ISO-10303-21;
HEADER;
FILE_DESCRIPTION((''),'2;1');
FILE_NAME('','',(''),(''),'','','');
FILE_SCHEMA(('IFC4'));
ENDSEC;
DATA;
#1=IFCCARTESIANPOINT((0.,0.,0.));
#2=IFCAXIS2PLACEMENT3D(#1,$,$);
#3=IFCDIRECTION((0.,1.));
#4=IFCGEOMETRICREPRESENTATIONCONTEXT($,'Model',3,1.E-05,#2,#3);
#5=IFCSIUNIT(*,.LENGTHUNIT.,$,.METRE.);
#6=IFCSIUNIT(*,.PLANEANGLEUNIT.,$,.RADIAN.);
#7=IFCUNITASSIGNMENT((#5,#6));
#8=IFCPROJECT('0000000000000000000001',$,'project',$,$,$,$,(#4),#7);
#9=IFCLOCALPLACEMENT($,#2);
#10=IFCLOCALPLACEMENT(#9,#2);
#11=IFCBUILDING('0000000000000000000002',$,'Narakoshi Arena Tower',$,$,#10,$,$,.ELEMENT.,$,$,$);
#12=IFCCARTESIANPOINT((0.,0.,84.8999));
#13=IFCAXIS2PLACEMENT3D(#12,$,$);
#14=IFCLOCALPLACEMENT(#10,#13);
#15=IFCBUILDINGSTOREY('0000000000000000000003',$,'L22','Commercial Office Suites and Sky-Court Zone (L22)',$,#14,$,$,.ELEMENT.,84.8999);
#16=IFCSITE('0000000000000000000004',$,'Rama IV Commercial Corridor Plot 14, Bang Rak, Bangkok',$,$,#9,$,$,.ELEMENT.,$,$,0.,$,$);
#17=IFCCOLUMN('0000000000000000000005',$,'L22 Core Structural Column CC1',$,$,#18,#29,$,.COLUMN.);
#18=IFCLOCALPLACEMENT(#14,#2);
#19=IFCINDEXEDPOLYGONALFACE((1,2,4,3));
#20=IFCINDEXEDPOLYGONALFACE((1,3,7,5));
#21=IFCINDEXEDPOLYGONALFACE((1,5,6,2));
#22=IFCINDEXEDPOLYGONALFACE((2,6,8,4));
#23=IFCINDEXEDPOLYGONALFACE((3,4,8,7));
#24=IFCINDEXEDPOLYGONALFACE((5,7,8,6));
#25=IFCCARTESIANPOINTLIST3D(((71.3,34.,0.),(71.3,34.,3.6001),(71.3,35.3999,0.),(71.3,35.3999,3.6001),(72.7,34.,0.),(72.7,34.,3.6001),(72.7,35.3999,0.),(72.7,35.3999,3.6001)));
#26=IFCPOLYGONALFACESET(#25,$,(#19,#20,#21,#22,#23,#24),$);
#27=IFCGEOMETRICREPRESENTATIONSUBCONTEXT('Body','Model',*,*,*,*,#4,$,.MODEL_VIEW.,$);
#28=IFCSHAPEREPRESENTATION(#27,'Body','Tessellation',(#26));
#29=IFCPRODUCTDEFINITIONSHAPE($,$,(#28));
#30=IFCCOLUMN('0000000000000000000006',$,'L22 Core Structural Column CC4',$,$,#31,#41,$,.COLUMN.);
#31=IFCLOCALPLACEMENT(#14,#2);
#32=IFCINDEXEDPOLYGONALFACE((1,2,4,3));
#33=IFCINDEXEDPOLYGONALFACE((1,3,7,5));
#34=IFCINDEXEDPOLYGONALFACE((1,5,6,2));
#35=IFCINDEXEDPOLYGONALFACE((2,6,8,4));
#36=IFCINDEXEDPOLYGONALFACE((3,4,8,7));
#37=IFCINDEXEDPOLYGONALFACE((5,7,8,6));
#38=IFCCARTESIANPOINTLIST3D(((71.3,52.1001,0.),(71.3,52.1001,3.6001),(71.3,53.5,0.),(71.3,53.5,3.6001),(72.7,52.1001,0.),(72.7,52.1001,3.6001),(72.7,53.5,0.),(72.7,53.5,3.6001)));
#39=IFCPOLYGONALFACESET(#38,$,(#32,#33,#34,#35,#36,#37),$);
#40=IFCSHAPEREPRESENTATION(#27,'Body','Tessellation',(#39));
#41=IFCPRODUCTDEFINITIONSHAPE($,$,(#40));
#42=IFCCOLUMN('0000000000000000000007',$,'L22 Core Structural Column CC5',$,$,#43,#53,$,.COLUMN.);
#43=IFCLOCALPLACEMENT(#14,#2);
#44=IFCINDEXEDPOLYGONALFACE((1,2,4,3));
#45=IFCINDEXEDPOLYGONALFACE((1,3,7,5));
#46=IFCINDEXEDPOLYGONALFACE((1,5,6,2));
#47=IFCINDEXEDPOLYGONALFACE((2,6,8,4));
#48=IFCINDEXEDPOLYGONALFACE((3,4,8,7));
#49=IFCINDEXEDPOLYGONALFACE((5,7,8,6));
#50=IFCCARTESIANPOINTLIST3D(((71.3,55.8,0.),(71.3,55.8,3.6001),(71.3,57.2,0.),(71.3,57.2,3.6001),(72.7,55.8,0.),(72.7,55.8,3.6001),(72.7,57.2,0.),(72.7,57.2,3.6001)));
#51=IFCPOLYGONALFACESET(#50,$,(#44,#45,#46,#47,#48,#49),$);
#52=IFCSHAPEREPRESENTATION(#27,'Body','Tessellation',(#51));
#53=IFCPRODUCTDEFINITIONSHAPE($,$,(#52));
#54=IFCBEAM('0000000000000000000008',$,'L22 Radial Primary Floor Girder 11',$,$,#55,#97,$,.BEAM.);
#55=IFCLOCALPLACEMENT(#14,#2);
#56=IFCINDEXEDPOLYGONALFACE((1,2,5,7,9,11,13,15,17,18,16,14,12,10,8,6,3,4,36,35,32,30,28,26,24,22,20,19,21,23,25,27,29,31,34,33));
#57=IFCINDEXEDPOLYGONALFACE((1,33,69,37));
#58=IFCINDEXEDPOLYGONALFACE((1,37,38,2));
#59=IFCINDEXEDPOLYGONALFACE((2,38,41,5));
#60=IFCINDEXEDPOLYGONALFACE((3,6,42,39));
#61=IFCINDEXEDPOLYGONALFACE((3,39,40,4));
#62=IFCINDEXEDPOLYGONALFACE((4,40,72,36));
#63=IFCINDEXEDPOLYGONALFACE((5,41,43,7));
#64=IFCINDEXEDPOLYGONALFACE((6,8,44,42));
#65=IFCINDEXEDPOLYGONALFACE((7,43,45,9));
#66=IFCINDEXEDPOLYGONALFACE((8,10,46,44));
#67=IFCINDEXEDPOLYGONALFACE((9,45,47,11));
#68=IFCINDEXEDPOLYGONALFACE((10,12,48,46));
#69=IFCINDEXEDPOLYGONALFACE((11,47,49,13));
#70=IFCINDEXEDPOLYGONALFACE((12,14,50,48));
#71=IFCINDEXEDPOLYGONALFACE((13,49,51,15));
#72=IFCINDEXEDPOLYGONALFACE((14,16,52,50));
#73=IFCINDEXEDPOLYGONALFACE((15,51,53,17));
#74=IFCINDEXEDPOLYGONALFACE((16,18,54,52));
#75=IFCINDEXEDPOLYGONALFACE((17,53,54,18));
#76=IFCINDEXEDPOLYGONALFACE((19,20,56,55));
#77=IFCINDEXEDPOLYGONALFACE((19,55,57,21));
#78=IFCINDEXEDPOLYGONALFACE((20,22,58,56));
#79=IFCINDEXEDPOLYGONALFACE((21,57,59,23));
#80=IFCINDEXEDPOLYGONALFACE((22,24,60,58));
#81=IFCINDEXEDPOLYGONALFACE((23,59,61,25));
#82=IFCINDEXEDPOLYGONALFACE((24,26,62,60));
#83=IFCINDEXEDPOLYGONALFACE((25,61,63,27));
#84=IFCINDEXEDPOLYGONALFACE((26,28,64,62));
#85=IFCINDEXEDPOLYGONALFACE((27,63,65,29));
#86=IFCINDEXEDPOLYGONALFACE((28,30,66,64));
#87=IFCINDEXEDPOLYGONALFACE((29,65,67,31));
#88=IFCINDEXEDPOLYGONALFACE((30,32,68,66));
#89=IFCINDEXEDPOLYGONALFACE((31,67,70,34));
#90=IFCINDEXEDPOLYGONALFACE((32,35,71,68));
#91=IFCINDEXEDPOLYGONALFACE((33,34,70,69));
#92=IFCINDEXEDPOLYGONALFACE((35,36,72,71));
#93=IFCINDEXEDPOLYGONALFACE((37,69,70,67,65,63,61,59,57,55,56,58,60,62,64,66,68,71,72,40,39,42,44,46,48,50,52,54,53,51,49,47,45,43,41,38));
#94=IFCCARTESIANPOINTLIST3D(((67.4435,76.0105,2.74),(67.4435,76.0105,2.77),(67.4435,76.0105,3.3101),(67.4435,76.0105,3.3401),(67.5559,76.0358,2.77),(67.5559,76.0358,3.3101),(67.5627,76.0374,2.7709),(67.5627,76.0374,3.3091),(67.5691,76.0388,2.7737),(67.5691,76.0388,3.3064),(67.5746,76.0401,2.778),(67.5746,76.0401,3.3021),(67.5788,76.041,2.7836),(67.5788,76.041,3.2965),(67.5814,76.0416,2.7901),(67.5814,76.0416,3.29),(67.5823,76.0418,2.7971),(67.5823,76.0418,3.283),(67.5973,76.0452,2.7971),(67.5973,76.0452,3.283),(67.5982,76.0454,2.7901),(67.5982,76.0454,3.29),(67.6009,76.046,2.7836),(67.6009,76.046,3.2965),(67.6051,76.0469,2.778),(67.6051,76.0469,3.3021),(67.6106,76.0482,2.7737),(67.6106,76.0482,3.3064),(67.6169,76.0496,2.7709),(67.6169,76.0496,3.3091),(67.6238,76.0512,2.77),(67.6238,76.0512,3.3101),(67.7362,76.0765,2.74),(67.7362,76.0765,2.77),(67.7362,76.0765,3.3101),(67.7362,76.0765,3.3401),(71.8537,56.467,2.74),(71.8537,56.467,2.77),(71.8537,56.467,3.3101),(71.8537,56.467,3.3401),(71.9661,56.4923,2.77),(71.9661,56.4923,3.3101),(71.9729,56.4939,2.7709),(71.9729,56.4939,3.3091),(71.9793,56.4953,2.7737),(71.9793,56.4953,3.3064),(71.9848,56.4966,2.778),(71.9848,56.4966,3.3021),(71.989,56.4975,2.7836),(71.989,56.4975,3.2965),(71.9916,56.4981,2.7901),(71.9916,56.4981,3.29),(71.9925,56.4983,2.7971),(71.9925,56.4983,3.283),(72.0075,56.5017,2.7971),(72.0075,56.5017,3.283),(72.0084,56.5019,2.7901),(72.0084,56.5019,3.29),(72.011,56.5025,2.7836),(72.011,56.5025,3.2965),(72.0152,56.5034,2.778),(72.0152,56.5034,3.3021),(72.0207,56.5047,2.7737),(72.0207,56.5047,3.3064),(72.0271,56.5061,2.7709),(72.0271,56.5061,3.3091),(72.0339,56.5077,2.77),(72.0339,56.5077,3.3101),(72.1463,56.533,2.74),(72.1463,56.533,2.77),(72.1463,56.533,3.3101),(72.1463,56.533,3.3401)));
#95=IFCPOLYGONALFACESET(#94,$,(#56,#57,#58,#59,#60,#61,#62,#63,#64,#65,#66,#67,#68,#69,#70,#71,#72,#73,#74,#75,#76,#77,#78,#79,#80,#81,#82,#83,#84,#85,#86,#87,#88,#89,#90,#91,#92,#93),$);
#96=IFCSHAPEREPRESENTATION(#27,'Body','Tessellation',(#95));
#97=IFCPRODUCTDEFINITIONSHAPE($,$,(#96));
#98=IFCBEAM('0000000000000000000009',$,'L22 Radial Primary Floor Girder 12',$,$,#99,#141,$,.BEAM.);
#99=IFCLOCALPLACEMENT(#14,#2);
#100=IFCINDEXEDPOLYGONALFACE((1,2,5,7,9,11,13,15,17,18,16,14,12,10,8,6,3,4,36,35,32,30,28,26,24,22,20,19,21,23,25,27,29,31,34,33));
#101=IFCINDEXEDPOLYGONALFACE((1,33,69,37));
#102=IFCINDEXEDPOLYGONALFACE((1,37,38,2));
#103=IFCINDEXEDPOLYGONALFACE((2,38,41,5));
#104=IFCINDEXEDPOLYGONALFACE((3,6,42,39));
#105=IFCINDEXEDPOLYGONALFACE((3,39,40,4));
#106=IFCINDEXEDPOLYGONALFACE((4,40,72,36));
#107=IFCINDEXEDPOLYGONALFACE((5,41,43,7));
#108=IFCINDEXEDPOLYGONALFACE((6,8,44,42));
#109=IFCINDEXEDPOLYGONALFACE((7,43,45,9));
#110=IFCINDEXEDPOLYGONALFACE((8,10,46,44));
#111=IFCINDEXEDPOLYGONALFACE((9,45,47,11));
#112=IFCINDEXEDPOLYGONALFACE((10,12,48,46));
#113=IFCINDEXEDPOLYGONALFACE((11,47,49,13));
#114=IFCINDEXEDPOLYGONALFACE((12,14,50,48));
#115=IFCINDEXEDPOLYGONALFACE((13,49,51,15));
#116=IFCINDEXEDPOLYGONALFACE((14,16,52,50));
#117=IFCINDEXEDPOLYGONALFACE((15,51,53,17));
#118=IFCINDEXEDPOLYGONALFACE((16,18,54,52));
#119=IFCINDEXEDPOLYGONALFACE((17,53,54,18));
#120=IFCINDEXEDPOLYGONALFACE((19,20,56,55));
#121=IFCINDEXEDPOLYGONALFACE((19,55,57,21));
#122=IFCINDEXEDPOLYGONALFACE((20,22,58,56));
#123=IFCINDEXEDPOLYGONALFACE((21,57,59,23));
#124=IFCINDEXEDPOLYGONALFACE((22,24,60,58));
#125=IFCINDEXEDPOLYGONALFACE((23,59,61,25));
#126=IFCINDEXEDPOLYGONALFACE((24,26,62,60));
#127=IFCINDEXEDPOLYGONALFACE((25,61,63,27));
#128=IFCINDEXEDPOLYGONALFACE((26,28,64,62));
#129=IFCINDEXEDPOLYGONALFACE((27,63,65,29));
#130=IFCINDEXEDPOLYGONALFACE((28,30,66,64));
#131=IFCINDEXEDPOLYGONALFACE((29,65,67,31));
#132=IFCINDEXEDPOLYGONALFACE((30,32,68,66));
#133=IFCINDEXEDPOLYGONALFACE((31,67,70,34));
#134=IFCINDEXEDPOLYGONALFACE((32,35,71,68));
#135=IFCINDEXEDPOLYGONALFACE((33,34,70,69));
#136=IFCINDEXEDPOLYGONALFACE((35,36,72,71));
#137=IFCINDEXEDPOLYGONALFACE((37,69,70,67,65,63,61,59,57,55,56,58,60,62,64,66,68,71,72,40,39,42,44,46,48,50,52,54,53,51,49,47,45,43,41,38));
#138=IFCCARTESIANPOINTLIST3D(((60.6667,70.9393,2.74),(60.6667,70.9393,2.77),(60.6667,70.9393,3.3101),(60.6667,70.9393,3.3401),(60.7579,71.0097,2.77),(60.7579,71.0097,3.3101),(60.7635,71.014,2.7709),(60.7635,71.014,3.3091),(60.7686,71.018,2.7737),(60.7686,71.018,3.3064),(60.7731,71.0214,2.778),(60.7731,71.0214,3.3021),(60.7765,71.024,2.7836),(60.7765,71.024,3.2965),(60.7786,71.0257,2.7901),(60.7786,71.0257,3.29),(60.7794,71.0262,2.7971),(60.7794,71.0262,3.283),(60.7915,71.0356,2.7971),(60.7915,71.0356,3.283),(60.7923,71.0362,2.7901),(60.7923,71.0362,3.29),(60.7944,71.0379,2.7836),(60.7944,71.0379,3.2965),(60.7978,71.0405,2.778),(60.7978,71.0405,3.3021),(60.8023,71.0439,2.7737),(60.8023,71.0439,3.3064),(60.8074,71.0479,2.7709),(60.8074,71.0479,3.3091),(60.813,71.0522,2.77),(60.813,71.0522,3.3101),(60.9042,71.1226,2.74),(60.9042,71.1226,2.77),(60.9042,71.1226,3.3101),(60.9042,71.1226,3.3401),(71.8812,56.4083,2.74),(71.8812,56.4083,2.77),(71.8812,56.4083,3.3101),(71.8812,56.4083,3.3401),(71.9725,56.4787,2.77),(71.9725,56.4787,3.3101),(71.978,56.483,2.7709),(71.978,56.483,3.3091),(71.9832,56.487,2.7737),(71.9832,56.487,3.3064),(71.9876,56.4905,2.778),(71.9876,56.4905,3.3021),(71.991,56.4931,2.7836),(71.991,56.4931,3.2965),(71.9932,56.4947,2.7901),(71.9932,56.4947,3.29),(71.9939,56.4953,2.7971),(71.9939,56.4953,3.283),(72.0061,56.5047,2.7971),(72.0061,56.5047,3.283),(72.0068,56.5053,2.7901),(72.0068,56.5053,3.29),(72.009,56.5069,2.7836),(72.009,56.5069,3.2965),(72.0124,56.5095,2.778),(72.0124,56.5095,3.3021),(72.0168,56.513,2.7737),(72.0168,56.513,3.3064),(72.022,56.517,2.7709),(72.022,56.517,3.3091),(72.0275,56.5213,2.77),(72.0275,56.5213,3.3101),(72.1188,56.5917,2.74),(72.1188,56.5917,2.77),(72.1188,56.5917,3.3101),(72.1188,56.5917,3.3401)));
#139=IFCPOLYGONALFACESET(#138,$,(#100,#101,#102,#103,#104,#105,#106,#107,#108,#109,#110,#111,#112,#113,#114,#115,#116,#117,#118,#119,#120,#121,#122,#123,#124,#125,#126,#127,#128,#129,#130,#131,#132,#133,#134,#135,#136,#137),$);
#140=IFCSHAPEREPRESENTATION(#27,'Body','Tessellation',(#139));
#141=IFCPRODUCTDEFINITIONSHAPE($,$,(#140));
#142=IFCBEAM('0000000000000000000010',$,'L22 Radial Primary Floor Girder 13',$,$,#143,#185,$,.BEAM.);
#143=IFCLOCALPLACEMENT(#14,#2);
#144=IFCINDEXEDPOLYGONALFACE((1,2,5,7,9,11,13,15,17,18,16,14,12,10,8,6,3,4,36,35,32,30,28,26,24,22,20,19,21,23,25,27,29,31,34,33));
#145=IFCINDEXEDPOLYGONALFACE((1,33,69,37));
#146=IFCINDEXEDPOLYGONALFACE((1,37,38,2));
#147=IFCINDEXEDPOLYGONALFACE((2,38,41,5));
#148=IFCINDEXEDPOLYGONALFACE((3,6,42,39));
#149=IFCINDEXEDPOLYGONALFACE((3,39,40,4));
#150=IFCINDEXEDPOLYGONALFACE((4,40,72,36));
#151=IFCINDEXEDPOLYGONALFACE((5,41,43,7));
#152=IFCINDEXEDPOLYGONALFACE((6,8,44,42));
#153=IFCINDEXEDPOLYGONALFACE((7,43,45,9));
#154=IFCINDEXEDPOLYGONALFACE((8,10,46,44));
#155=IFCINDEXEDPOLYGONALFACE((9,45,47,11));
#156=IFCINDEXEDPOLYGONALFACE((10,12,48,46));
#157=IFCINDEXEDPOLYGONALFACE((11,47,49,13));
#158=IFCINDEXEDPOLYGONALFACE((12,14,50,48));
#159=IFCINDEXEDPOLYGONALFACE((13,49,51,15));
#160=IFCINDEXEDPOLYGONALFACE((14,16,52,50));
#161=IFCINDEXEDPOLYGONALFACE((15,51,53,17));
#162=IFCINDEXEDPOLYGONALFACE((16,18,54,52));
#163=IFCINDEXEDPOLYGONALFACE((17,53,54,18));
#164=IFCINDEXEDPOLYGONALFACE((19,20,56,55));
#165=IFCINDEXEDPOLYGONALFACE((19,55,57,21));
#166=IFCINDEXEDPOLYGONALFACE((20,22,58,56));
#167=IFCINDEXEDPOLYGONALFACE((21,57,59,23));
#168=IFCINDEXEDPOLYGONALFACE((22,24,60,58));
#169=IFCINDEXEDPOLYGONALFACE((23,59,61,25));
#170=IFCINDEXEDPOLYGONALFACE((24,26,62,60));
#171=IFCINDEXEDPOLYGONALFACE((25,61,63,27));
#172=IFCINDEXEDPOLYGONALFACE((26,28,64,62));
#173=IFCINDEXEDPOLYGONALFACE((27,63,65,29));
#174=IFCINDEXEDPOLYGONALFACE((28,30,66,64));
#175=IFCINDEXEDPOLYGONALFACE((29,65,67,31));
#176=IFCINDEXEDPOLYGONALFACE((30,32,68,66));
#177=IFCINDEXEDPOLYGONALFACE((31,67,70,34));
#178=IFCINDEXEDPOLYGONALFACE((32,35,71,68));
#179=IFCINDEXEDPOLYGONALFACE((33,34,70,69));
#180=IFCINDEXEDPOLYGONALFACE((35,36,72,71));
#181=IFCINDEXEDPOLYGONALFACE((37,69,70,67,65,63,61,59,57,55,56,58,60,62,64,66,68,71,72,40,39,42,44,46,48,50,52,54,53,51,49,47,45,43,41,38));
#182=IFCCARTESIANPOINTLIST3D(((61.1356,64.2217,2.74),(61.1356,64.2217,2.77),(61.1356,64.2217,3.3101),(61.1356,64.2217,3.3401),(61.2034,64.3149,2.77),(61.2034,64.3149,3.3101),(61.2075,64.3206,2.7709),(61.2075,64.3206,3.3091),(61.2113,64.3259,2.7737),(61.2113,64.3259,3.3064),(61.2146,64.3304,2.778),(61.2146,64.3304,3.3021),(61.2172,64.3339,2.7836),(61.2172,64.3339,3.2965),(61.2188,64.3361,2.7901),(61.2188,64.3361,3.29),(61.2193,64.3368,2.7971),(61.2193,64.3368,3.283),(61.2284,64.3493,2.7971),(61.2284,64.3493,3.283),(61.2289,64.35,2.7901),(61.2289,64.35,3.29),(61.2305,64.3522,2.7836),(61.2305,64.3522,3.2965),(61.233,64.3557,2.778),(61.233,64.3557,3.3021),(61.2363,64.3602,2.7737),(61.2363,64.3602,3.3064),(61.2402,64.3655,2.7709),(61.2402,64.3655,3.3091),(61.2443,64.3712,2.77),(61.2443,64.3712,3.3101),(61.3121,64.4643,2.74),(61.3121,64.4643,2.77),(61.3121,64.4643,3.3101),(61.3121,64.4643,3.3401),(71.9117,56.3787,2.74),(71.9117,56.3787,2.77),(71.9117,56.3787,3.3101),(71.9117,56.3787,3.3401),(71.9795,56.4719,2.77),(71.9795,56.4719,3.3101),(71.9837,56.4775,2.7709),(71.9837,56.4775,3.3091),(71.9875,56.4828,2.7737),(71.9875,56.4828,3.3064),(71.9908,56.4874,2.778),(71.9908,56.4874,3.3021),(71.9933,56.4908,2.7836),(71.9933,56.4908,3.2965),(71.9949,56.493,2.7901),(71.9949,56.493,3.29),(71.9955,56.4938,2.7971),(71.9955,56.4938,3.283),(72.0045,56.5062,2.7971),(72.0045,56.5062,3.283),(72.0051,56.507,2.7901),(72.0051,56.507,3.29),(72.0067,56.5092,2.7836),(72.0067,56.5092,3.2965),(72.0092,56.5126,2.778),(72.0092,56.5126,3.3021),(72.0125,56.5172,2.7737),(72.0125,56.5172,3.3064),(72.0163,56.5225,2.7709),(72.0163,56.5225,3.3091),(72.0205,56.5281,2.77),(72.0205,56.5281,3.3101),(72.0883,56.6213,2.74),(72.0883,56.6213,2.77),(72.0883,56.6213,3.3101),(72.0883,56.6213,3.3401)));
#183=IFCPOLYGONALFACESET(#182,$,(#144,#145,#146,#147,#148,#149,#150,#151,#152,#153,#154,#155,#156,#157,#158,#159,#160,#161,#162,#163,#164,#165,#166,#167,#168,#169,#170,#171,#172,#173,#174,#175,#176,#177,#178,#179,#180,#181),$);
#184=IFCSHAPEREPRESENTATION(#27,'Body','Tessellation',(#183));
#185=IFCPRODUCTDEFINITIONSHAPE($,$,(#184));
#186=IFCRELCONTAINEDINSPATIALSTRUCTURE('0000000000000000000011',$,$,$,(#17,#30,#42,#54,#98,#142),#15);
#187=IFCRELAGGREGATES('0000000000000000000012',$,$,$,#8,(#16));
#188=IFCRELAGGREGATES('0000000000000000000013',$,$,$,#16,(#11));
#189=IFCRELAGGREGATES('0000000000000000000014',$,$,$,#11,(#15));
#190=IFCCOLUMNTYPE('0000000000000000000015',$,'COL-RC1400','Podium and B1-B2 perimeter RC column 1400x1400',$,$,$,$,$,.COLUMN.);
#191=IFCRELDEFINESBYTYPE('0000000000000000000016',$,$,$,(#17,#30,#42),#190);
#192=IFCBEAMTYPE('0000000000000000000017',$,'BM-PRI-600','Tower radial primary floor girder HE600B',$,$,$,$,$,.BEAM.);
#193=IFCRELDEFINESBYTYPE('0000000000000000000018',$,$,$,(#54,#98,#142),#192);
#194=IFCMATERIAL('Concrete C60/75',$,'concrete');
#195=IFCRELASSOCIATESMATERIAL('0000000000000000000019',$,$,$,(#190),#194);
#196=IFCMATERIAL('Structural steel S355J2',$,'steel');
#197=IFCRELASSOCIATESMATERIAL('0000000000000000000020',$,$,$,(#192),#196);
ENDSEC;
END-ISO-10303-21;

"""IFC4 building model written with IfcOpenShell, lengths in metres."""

from ifc_helpers import new_model, si_unit, direction, frame, origin, origin_2d, place, context, subcontext, project, spatial, rectangle, i_section, extrude, material, material_profile, profile_set, type_object, element, save


model = new_model("IFC4")

# Units and contexts
model_context = context("Model", 3, precision=1e-05, world=origin(), true_north=direction((0.0, 1.0)))
body_context = subcontext(model_context, "Body", "Model", "MODEL_VIEW")
ifc_project = project(units=[si_unit("LENGTHUNIT", "METRE"), si_unit("PLANEANGLEUNIT", "RADIAN")], contexts=[model_context])

# Site, building, storey
site_placement = place(None, origin())
site = spatial("IfcSite", under=ifc_project, at=site_placement, Name="Rama IV Commercial Corridor Plot 14, Bang Rak, Bangkok", CompositionType="ELEMENT", RefElevation=0.0)
building_placement = place(site_placement, origin())
building = spatial("IfcBuilding", under=site, at=building_placement, Name="Narakoshi Arena Tower", CompositionType="ELEMENT")
storey_placement = place(building_placement, frame((0.0, 0.0, 84.8999)))
storey = spatial("IfcBuildingStorey", under=building, at=storey_placement, Name="L22", Description="Commercial Office Suites and Sky-Court Zone (L22)", CompositionType="ELEMENT", Elevation=84.8999)

# Columns
ifc_material_1 = material(Name="Concrete C60/75", Category="concrete")
ifc_material_profile_1 = material_profile(ifc_material_1, rectangle(XDim=1.3999, YDim=1.3999, at=origin_2d()), Name="RC1400x1400")
ifc_profile_set_1 = profile_set([ifc_material_profile_1], Name="Concrete C60/75")
column_type = type_object("IfcColumnType", Name="COL-RC1400", Description="Podium and B1-B2 perimeter RC column 1400x1400", PredefinedType="COLUMN", material=ifc_profile_set_1)
for number, where, z_axis, x_axis, name in (
    (1, (72.0, 34.7, 0.0), (0.0, 0.0, 1.0), (1.0, 0.0, 0.0), "L22 Core Structural Column CC1"),
    (2, (72.0, 52.8, 0.0), (0.0, 0.0, 1.0), (1.0, 0.0, 0.0), "L22 Core Structural Column CC4"),
    (3, (72.0, 56.5, 0.0), (0.0, 0.0, 1.0), (1.0, 0.0, 0.0), "L22 Core Structural Column CC5"),
):
    element("IfcColumn", number, at=place(storey_placement, frame(where, z_axis=z_axis, x_axis=x_axis)), inside=storey, type_object=column_type, Name=name, PredefinedType="COLUMN", context=body_context, shape_type="SweptSolid", body=[
        extrude(rectangle(XDim=1.3999, YDim=1.3999, at=origin_2d()), origin(), (0.0, 0.0, 1.0), 3.6001),
    ])

# Beams
ifc_material_2 = material(Name="Structural steel S355J2", Category="steel")
ifc_material_profile_2 = material_profile(ifc_material_2, i_section(OverallWidth=0.3, OverallDepth=0.6001, WebThickness=0.0154, FlangeThickness=0.03, FilletRadius=0.0271, at=origin_2d()), Name="HE600B")
ifc_profile_set_2 = profile_set([ifc_material_profile_2], Name="Structural steel S355J2")
beam_type = type_object("IfcBeamType", Name="BM-PRI-600", Description="Tower radial primary floor girder HE600B", PredefinedType="BEAM", material=ifc_profile_set_2)
beam_1_placement = place(storey_placement, frame((72.0, 56.5, 3.04), z_axis=(-0.220124, 0.975472, 0.0), x_axis=(-0.975472, -0.220124, 0.0)))
element("IfcBeam", 4, at=beam_1_placement, inside=storey, type_object=beam_type, Name="L22 Radial Primary Floor Girder 11", PredefinedType="BEAM", context=body_context, shape_type="SweptSolid", body=[
    extrude(i_section(OverallWidth=0.3, OverallDepth=0.6001, WebThickness=0.0154, FlangeThickness=0.03, FilletRadius=0.0271, at=origin_2d()), origin(), (0.0, 0.0, 1.0), 20.0349),
])
beam_2_placement = place(storey_placement, frame((72.0, 56.5, 3.04), z_axis=(-0.610973, 0.791651, 0.0), x_axis=(-0.791651, -0.610973, 0.0)))
element("IfcBeam", 5, at=beam_2_placement, inside=storey, type_object=beam_type, Name="L22 Radial Primary Floor Girder 12", PredefinedType="BEAM", context=body_context, shape_type="SweptSolid", body=[
    extrude(i_section(OverallWidth=0.3, OverallDepth=0.6001, WebThickness=0.0154, FlangeThickness=0.03, FilletRadius=0.0271, at=origin_2d()), origin(), (0.0, 0.0, 1.0), 18.3552),
])
beam_3_placement = place(storey_placement, frame((72.0, 56.5, 3.04), z_axis=(-0.808528, 0.588458, 0.0), x_axis=(-0.588458, -0.808528, 0.0)))
element("IfcBeam", 6, at=beam_3_placement, inside=storey, type_object=beam_type, Name="L22 Radial Primary Floor Girder 13", PredefinedType="BEAM", context=body_context, shape_type="SweptSolid", body=[
    extrude(i_section(OverallWidth=0.3, OverallDepth=0.6001, WebThickness=0.0154, FlangeThickness=0.03, FilletRadius=0.0271, at=origin_2d()), origin(), (0.0, 0.0, 1.0), 13.3281),
])

save(model, "model.ifc")
